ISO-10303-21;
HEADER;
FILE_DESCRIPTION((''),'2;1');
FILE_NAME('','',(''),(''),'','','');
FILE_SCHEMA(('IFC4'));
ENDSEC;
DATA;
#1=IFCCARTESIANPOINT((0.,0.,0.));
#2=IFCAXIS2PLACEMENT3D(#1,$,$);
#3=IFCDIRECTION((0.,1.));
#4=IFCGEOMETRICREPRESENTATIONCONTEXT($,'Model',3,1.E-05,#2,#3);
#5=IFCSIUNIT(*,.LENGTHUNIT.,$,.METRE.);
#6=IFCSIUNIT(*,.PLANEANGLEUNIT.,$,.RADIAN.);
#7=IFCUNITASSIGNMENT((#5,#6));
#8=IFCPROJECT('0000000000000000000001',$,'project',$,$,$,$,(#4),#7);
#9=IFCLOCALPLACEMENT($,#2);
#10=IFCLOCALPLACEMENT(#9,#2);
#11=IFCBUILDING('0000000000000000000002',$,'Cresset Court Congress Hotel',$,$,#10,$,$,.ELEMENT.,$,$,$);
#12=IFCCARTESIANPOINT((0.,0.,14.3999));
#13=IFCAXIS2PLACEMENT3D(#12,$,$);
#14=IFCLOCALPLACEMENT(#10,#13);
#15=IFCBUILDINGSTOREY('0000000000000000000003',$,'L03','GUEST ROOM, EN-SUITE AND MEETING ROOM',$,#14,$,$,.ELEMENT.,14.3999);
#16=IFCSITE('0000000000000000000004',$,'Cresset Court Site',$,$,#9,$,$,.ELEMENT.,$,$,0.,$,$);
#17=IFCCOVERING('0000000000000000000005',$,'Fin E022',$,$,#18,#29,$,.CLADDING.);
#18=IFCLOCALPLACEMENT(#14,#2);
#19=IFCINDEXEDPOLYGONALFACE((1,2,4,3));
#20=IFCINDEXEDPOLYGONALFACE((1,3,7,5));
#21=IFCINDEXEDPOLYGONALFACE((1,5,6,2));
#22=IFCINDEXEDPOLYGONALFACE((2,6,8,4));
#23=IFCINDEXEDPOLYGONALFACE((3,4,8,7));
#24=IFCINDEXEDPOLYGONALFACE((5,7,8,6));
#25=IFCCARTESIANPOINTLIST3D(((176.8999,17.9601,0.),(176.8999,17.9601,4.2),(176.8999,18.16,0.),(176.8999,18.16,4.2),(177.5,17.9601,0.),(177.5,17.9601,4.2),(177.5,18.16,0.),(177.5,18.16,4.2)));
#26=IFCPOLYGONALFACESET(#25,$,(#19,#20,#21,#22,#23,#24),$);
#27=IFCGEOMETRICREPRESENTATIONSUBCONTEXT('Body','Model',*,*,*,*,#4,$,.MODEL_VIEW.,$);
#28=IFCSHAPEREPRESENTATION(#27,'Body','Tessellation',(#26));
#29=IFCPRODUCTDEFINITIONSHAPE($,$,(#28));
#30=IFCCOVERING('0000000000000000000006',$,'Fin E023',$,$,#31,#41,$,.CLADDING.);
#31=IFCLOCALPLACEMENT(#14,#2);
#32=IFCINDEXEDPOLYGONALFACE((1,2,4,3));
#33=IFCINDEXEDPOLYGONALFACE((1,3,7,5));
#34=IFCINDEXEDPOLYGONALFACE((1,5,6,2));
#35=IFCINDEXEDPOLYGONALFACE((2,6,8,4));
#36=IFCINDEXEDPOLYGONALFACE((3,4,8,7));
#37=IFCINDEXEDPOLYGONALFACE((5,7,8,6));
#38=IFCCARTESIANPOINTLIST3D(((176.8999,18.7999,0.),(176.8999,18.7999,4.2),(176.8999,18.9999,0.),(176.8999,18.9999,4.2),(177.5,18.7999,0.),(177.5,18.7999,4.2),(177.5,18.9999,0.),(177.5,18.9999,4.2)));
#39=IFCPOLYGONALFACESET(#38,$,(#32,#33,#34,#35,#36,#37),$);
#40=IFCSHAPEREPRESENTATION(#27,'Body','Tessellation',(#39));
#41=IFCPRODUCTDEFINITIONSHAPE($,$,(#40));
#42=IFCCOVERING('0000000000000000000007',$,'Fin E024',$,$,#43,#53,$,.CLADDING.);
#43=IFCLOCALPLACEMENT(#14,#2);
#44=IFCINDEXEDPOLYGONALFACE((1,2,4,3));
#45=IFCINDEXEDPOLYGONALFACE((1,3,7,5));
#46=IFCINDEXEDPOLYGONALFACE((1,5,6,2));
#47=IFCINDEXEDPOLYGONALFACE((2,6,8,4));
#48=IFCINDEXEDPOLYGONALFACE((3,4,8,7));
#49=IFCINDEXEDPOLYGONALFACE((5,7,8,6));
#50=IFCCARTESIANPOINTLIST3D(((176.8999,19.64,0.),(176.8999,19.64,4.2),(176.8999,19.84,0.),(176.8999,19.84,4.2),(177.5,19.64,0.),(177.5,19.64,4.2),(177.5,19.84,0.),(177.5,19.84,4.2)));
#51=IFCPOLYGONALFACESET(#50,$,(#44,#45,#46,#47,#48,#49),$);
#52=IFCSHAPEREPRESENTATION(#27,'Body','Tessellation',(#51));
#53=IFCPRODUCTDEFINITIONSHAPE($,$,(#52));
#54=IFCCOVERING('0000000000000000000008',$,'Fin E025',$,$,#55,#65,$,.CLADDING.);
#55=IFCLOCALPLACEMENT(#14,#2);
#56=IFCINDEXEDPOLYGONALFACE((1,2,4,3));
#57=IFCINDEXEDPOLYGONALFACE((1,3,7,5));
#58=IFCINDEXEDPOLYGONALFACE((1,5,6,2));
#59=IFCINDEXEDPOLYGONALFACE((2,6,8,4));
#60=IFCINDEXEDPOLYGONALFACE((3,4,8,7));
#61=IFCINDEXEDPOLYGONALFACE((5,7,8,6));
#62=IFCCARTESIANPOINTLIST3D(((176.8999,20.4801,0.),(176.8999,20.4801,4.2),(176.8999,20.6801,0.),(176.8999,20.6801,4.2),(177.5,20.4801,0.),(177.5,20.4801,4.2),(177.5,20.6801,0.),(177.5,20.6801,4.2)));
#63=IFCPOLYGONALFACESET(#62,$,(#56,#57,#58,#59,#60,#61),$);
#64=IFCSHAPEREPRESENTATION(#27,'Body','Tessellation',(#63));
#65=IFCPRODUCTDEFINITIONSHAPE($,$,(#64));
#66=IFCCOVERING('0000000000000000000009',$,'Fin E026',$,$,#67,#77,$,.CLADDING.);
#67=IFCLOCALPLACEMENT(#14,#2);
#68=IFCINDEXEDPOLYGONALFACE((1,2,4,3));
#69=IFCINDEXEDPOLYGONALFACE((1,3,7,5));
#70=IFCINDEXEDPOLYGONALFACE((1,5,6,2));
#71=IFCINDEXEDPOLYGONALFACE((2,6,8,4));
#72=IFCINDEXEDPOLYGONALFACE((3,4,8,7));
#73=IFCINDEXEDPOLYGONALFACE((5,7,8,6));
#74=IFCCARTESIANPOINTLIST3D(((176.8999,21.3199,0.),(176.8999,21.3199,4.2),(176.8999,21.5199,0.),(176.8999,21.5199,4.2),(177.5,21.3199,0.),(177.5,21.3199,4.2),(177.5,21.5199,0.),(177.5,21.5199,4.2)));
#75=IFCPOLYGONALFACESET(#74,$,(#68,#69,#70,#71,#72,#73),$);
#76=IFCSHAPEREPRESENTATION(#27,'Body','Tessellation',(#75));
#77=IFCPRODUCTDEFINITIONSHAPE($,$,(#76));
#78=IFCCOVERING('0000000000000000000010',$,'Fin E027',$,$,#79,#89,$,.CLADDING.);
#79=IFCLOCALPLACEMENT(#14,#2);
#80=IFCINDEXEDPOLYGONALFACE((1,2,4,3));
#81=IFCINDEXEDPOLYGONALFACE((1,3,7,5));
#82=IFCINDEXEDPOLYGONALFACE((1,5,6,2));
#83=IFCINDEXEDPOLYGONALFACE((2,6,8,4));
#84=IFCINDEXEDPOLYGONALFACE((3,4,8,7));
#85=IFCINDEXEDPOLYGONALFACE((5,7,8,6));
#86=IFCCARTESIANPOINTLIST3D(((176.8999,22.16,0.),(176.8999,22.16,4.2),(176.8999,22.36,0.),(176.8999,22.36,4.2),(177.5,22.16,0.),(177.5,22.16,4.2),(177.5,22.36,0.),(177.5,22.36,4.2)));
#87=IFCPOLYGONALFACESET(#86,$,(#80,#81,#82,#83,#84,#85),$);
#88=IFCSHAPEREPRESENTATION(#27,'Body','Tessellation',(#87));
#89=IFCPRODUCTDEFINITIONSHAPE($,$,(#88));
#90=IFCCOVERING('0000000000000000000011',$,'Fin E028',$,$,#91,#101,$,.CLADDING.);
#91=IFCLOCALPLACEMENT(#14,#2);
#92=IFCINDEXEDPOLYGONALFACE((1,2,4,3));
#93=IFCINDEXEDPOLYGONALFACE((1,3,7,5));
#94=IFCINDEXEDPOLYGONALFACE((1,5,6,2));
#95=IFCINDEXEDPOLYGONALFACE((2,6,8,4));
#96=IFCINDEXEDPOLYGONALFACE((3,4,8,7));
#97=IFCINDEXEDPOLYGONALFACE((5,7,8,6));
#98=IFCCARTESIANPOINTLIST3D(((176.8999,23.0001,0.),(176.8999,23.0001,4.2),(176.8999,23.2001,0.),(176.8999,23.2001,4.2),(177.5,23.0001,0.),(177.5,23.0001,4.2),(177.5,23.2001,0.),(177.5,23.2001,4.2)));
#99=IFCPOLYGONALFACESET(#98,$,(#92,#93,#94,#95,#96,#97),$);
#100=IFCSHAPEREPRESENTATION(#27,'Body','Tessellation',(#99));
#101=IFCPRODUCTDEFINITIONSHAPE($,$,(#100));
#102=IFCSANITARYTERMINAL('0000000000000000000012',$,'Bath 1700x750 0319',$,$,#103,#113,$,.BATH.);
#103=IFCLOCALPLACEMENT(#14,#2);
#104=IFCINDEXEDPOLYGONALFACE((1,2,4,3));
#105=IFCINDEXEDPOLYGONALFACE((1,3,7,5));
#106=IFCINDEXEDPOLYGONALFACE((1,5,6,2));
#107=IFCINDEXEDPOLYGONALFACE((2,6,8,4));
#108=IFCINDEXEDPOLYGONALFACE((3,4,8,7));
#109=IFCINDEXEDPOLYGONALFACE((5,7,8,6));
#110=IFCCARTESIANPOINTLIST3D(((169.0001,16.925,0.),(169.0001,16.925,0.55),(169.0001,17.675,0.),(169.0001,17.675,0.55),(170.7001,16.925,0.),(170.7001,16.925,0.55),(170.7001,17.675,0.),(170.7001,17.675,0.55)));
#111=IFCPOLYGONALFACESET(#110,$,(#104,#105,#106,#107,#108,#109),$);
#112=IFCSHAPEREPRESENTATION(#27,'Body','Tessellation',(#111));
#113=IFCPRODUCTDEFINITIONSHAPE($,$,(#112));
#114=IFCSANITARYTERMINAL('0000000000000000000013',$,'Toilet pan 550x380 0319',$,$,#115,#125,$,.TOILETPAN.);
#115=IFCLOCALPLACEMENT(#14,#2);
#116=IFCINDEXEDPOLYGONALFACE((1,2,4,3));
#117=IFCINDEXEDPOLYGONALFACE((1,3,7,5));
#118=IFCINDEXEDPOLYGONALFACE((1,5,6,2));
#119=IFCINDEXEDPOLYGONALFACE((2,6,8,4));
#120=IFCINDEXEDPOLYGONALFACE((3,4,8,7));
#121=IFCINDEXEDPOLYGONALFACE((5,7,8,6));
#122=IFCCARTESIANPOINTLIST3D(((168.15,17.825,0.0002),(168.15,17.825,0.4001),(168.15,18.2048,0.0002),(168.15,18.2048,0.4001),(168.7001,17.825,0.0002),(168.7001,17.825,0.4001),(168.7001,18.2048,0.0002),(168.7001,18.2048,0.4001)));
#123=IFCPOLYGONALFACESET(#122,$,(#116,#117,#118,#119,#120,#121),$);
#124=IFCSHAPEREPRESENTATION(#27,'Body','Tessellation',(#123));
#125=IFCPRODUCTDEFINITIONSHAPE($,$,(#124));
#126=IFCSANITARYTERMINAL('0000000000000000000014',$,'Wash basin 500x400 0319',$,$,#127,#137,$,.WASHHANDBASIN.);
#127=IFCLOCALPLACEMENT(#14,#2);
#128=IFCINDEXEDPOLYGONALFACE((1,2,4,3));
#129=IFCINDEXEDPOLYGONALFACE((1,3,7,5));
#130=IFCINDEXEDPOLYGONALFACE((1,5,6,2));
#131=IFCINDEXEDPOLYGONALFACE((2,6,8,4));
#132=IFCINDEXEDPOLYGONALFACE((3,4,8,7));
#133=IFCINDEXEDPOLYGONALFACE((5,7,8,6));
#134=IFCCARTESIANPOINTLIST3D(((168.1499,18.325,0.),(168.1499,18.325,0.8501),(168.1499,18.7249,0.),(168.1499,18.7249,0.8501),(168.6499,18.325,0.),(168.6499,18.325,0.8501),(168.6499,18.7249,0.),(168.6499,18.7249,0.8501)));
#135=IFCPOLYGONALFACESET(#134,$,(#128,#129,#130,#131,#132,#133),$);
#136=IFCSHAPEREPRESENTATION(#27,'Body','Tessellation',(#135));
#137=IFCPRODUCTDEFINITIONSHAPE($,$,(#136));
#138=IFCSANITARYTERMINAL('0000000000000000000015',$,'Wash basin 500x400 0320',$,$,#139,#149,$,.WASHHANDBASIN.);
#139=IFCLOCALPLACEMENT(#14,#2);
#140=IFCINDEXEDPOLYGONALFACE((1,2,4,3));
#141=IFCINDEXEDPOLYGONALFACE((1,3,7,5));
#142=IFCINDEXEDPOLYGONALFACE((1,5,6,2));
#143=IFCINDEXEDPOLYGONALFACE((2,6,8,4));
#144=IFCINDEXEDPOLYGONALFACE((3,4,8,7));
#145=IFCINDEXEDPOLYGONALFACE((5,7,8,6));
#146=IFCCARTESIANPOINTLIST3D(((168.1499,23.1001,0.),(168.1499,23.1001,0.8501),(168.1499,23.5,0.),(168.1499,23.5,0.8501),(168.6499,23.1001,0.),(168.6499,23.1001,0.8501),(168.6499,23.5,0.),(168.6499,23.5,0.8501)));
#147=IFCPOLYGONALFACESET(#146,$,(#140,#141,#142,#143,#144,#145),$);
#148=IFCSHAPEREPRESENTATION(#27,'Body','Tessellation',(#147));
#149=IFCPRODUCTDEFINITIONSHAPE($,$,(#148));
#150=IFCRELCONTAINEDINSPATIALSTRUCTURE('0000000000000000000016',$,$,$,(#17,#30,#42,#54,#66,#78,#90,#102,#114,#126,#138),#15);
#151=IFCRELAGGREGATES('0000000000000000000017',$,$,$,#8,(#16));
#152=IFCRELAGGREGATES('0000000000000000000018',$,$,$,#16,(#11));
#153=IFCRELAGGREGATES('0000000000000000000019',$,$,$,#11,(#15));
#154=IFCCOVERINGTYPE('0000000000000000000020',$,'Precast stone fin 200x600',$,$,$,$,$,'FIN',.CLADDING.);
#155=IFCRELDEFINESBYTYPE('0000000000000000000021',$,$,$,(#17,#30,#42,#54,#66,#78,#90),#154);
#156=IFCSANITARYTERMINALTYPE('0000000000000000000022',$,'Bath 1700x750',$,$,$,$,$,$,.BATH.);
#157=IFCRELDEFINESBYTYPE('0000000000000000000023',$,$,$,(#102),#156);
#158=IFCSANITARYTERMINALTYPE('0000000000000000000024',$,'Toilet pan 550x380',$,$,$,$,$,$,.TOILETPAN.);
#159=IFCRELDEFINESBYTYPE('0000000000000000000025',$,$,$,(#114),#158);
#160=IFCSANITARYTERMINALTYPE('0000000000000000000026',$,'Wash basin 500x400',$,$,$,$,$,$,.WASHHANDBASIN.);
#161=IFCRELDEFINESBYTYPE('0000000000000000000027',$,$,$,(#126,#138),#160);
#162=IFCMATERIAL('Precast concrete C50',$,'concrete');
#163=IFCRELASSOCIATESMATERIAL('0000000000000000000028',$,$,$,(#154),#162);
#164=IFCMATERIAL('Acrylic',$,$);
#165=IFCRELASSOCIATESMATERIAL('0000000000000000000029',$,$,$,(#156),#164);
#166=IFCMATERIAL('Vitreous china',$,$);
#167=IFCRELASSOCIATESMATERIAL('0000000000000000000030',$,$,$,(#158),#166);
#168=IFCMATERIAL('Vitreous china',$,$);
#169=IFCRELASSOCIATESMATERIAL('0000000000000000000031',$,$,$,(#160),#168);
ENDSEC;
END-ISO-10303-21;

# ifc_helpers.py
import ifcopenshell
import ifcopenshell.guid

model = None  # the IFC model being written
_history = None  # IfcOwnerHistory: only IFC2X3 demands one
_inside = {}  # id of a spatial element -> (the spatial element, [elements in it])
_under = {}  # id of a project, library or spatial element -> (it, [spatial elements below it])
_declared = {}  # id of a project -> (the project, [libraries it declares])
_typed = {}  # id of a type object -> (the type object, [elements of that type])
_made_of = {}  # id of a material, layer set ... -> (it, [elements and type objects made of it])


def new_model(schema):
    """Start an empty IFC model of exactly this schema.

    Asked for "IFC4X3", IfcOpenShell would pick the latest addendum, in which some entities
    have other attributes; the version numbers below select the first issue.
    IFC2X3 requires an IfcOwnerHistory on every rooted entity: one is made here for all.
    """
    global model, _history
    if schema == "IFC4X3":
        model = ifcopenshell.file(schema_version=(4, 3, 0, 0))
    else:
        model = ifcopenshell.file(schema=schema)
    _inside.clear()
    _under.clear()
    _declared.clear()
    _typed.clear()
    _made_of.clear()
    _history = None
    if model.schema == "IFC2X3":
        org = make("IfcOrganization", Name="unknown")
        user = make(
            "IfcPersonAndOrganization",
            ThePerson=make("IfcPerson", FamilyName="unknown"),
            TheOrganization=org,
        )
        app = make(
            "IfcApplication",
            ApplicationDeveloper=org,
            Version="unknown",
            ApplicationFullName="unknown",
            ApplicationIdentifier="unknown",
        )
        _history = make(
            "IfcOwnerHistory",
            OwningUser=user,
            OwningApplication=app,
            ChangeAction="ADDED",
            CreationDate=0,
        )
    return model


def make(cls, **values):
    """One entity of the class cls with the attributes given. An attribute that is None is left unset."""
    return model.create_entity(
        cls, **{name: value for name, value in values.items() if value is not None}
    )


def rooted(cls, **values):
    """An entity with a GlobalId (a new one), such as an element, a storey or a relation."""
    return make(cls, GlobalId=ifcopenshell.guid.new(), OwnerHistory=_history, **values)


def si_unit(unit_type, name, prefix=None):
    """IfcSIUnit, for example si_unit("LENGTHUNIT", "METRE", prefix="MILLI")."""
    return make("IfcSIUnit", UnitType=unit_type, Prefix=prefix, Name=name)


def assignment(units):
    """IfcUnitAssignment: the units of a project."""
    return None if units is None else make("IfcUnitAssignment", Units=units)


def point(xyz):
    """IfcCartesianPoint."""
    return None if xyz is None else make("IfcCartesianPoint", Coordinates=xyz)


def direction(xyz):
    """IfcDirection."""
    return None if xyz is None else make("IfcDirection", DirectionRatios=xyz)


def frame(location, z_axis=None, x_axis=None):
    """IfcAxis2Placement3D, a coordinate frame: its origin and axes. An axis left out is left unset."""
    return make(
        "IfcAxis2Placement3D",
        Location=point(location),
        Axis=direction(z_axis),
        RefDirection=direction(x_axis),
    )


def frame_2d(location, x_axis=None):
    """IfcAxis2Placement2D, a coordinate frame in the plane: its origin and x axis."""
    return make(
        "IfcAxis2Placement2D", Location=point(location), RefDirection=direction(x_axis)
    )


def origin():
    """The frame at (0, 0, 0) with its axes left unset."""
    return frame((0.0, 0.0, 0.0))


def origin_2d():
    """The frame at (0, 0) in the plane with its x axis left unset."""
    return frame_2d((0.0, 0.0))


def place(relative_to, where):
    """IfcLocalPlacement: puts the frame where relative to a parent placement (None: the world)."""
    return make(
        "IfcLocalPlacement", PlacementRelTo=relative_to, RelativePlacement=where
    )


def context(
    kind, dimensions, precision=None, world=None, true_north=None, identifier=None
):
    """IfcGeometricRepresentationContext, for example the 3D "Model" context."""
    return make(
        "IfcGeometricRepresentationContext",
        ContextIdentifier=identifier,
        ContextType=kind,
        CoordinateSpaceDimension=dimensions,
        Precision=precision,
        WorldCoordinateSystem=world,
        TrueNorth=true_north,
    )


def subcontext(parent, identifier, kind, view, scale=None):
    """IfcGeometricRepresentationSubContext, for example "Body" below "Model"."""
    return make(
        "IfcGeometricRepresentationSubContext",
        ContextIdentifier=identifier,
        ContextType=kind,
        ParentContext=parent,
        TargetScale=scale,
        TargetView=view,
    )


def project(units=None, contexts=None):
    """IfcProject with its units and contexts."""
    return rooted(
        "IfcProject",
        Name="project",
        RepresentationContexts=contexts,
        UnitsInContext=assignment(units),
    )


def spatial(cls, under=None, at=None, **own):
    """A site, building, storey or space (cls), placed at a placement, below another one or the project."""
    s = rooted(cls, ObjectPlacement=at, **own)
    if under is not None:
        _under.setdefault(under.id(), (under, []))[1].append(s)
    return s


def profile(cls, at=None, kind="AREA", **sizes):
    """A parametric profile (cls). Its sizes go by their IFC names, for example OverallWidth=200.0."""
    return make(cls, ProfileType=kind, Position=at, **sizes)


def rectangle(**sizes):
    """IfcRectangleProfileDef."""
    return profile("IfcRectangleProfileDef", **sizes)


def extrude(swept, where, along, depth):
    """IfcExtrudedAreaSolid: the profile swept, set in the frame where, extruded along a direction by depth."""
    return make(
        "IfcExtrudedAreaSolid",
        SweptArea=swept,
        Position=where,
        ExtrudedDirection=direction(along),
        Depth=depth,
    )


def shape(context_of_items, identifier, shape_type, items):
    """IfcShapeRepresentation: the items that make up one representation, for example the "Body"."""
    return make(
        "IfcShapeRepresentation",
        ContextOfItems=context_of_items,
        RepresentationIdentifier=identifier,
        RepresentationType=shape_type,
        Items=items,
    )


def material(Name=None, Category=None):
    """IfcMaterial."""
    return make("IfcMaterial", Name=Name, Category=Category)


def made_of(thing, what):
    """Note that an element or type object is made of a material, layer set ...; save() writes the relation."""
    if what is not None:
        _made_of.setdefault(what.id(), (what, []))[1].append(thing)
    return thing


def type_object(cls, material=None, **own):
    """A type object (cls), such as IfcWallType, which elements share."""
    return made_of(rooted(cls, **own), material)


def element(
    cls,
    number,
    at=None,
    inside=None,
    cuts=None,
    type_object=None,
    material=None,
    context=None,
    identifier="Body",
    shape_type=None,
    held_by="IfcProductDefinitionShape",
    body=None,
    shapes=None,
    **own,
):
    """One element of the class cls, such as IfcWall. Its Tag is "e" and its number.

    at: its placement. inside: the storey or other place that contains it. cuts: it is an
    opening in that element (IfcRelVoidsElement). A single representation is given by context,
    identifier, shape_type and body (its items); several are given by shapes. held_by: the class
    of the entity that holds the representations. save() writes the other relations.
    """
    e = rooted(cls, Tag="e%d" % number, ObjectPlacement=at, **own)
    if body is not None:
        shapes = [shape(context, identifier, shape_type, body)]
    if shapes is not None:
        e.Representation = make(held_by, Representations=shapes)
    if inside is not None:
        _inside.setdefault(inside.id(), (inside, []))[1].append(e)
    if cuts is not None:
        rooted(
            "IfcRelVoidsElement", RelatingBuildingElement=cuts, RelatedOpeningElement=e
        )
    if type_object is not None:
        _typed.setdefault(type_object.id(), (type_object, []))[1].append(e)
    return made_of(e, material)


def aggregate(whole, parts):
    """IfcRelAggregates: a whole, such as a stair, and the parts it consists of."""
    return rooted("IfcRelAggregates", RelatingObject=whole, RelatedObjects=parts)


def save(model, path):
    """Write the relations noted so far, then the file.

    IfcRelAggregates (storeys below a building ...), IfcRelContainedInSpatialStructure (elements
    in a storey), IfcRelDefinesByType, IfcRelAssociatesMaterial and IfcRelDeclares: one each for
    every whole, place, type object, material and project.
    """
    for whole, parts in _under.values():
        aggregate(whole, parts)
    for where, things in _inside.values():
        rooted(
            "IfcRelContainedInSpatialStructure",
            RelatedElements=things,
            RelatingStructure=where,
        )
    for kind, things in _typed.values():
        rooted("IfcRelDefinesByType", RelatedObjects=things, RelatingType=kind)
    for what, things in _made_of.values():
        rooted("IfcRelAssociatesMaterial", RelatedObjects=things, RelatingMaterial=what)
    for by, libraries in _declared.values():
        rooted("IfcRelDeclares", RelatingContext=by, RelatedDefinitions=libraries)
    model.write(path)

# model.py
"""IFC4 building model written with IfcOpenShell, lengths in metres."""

from ifc_helpers import new_model, si_unit, direction, frame, origin, origin_2d, place, context, subcontext, project, spatial, rectangle, extrude, material, type_object, element, save


model = new_model("IFC4")

# Units and contexts
model_context = context("Model", 3, precision=1e-05, world=origin(), true_north=direction((0.0, 1.0)))
body_context = subcontext(model_context, "Body", "Model", "MODEL_VIEW")
ifc_project = project(units=[si_unit("LENGTHUNIT", "METRE"), si_unit("PLANEANGLEUNIT", "RADIAN")], contexts=[model_context])

# Site, building, storey
site_placement = place(None, origin())
site = spatial("IfcSite", under=ifc_project, at=site_placement, Name="Cresset Court Site", CompositionType="ELEMENT", RefElevation=0.0)
building_placement = place(site_placement, origin())
building = spatial("IfcBuilding", under=site, at=building_placement, Name="Cresset Court Congress Hotel", CompositionType="ELEMENT")
storey_placement = place(building_placement, frame((0.0, 0.0, 14.3999)))
storey = spatial("IfcBuildingStorey", under=building, at=storey_placement, Name="L03", Description="GUEST ROOM, EN-SUITE AND MEETING ROOM", CompositionType="ELEMENT", Elevation=14.3999)

# Coverings
ifc_material_1 = material(Name="Precast concrete C50", Category="concrete")
covering_type = type_object("IfcCoveringType", Name="Precast stone fin 200x600", ElementType="FIN", PredefinedType="CLADDING", material=ifc_material_1)
for number, where, z_axis, x_axis, name in (
    (1, (177.2, 18.0601, 0.0), (0.0, 0.0, 1.0), (1.0, 0.0, 0.0), "Fin E022"),
    (2, (177.2, 18.8999, 0.0), (0.0, 0.0, 1.0), (1.0, 0.0, 0.0), "Fin E023"),
    (3, (177.2, 19.74, 0.0), (0.0, 0.0, 1.0), (1.0, 0.0, 0.0), "Fin E024"),
    (4, (177.2, 20.5801, 0.0), (0.0, 0.0, 1.0), (1.0, 0.0, 0.0), "Fin E025"),
    (5, (177.2, 21.4199, 0.0), (0.0, 0.0, 1.0), (1.0, 0.0, 0.0), "Fin E026"),
    (6, (177.2, 22.26, 0.0), (0.0, 0.0, 1.0), (1.0, 0.0, 0.0), "Fin E027"),
    (7, (177.2, 23.1001, 0.0), (0.0, 0.0, 1.0), (1.0, 0.0, 0.0), "Fin E028"),
):
    element("IfcCovering", number, at=place(storey_placement, frame(where, z_axis=z_axis, x_axis=x_axis)), inside=storey, type_object=covering_type, Name=name, PredefinedType="CLADDING", context=body_context, shape_type="SweptSolid", body=[
        extrude(rectangle(XDim=0.6001, YDim=0.2, at=origin_2d()), origin(), (0.0, 0.0, 1.0), 4.2),
    ])

# Sanitary terminals
ifc_material_2 = material(Name="Acrylic")
sanitary_terminal_type_1 = type_object("IfcSanitaryTerminalType", Name="Bath 1700x750", PredefinedType="BATH", material=ifc_material_2)
sanitary_terminal_1_placement = place(storey_placement, frame((169.8501, 17.3, 0.0), z_axis=(0.0, 0.0, 1.0), x_axis=(1.0, 0.0, 0.0)))
element("IfcSanitaryTerminal", 8, at=sanitary_terminal_1_placement, inside=storey, type_object=sanitary_terminal_type_1, Name="Bath 1700x750 0319", PredefinedType="BATH", context=body_context, shape_type="SweptSolid", body=[
    extrude(rectangle(XDim=1.7, YDim=0.75, at=origin_2d()), origin(), (0.0, 0.0, 1.0), 0.55),
])
ifc_material_3 = material(Name="Vitreous china")
sanitary_terminal_type_2 = type_object("IfcSanitaryTerminalType", Name="Toilet pan 550x380", PredefinedType="TOILETPAN", material=ifc_material_3)
sanitary_terminal_2_placement = place(storey_placement, frame((168.425, 18.0149, 0.0002), z_axis=(0.0, 0.0, 1.0), x_axis=(1.0, 0.0, 0.0)))
element("IfcSanitaryTerminal", 9, at=sanitary_terminal_2_placement, inside=storey, type_object=sanitary_terminal_type_2, Name="Toilet pan 550x380 0319", PredefinedType="TOILETPAN", context=body_context, shape_type="SweptSolid", body=[
    extrude(rectangle(XDim=0.55, YDim=0.3799, at=origin_2d()), origin(), (0.0, 0.0, 1.0), 0.3999),
])
ifc_material_4 = material(Name="Vitreous china")
sanitary_terminal_type_3 = type_object("IfcSanitaryTerminalType", Name="Wash basin 500x400", PredefinedType="WASHHANDBASIN", material=ifc_material_4)
for number, where, z_axis, x_axis, name in (
    (10, (168.3999, 18.5249, 0.0), (0.0, 0.0, 1.0), (1.0, 0.0, 0.0), "Wash basin 500x400 0319"),
    (11, (168.3999, 23.3, 0.0), (0.0, 0.0, 1.0), (1.0, 0.0, 0.0), "Wash basin 500x400 0320"),
):
    element("IfcSanitaryTerminal", number, at=place(storey_placement, frame(where, z_axis=z_axis, x_axis=x_axis)), inside=storey, type_object=sanitary_terminal_type_3, Name=name, PredefinedType="WASHHANDBASIN", context=body_context, shape_type="SweptSolid", body=[
        extrude(rectangle(XDim=0.5, YDim=0.3999, at=origin_2d()), origin(), (0.0, 0.0, 1.0), 0.8501),
    ])

save(model, "model.ifc")
